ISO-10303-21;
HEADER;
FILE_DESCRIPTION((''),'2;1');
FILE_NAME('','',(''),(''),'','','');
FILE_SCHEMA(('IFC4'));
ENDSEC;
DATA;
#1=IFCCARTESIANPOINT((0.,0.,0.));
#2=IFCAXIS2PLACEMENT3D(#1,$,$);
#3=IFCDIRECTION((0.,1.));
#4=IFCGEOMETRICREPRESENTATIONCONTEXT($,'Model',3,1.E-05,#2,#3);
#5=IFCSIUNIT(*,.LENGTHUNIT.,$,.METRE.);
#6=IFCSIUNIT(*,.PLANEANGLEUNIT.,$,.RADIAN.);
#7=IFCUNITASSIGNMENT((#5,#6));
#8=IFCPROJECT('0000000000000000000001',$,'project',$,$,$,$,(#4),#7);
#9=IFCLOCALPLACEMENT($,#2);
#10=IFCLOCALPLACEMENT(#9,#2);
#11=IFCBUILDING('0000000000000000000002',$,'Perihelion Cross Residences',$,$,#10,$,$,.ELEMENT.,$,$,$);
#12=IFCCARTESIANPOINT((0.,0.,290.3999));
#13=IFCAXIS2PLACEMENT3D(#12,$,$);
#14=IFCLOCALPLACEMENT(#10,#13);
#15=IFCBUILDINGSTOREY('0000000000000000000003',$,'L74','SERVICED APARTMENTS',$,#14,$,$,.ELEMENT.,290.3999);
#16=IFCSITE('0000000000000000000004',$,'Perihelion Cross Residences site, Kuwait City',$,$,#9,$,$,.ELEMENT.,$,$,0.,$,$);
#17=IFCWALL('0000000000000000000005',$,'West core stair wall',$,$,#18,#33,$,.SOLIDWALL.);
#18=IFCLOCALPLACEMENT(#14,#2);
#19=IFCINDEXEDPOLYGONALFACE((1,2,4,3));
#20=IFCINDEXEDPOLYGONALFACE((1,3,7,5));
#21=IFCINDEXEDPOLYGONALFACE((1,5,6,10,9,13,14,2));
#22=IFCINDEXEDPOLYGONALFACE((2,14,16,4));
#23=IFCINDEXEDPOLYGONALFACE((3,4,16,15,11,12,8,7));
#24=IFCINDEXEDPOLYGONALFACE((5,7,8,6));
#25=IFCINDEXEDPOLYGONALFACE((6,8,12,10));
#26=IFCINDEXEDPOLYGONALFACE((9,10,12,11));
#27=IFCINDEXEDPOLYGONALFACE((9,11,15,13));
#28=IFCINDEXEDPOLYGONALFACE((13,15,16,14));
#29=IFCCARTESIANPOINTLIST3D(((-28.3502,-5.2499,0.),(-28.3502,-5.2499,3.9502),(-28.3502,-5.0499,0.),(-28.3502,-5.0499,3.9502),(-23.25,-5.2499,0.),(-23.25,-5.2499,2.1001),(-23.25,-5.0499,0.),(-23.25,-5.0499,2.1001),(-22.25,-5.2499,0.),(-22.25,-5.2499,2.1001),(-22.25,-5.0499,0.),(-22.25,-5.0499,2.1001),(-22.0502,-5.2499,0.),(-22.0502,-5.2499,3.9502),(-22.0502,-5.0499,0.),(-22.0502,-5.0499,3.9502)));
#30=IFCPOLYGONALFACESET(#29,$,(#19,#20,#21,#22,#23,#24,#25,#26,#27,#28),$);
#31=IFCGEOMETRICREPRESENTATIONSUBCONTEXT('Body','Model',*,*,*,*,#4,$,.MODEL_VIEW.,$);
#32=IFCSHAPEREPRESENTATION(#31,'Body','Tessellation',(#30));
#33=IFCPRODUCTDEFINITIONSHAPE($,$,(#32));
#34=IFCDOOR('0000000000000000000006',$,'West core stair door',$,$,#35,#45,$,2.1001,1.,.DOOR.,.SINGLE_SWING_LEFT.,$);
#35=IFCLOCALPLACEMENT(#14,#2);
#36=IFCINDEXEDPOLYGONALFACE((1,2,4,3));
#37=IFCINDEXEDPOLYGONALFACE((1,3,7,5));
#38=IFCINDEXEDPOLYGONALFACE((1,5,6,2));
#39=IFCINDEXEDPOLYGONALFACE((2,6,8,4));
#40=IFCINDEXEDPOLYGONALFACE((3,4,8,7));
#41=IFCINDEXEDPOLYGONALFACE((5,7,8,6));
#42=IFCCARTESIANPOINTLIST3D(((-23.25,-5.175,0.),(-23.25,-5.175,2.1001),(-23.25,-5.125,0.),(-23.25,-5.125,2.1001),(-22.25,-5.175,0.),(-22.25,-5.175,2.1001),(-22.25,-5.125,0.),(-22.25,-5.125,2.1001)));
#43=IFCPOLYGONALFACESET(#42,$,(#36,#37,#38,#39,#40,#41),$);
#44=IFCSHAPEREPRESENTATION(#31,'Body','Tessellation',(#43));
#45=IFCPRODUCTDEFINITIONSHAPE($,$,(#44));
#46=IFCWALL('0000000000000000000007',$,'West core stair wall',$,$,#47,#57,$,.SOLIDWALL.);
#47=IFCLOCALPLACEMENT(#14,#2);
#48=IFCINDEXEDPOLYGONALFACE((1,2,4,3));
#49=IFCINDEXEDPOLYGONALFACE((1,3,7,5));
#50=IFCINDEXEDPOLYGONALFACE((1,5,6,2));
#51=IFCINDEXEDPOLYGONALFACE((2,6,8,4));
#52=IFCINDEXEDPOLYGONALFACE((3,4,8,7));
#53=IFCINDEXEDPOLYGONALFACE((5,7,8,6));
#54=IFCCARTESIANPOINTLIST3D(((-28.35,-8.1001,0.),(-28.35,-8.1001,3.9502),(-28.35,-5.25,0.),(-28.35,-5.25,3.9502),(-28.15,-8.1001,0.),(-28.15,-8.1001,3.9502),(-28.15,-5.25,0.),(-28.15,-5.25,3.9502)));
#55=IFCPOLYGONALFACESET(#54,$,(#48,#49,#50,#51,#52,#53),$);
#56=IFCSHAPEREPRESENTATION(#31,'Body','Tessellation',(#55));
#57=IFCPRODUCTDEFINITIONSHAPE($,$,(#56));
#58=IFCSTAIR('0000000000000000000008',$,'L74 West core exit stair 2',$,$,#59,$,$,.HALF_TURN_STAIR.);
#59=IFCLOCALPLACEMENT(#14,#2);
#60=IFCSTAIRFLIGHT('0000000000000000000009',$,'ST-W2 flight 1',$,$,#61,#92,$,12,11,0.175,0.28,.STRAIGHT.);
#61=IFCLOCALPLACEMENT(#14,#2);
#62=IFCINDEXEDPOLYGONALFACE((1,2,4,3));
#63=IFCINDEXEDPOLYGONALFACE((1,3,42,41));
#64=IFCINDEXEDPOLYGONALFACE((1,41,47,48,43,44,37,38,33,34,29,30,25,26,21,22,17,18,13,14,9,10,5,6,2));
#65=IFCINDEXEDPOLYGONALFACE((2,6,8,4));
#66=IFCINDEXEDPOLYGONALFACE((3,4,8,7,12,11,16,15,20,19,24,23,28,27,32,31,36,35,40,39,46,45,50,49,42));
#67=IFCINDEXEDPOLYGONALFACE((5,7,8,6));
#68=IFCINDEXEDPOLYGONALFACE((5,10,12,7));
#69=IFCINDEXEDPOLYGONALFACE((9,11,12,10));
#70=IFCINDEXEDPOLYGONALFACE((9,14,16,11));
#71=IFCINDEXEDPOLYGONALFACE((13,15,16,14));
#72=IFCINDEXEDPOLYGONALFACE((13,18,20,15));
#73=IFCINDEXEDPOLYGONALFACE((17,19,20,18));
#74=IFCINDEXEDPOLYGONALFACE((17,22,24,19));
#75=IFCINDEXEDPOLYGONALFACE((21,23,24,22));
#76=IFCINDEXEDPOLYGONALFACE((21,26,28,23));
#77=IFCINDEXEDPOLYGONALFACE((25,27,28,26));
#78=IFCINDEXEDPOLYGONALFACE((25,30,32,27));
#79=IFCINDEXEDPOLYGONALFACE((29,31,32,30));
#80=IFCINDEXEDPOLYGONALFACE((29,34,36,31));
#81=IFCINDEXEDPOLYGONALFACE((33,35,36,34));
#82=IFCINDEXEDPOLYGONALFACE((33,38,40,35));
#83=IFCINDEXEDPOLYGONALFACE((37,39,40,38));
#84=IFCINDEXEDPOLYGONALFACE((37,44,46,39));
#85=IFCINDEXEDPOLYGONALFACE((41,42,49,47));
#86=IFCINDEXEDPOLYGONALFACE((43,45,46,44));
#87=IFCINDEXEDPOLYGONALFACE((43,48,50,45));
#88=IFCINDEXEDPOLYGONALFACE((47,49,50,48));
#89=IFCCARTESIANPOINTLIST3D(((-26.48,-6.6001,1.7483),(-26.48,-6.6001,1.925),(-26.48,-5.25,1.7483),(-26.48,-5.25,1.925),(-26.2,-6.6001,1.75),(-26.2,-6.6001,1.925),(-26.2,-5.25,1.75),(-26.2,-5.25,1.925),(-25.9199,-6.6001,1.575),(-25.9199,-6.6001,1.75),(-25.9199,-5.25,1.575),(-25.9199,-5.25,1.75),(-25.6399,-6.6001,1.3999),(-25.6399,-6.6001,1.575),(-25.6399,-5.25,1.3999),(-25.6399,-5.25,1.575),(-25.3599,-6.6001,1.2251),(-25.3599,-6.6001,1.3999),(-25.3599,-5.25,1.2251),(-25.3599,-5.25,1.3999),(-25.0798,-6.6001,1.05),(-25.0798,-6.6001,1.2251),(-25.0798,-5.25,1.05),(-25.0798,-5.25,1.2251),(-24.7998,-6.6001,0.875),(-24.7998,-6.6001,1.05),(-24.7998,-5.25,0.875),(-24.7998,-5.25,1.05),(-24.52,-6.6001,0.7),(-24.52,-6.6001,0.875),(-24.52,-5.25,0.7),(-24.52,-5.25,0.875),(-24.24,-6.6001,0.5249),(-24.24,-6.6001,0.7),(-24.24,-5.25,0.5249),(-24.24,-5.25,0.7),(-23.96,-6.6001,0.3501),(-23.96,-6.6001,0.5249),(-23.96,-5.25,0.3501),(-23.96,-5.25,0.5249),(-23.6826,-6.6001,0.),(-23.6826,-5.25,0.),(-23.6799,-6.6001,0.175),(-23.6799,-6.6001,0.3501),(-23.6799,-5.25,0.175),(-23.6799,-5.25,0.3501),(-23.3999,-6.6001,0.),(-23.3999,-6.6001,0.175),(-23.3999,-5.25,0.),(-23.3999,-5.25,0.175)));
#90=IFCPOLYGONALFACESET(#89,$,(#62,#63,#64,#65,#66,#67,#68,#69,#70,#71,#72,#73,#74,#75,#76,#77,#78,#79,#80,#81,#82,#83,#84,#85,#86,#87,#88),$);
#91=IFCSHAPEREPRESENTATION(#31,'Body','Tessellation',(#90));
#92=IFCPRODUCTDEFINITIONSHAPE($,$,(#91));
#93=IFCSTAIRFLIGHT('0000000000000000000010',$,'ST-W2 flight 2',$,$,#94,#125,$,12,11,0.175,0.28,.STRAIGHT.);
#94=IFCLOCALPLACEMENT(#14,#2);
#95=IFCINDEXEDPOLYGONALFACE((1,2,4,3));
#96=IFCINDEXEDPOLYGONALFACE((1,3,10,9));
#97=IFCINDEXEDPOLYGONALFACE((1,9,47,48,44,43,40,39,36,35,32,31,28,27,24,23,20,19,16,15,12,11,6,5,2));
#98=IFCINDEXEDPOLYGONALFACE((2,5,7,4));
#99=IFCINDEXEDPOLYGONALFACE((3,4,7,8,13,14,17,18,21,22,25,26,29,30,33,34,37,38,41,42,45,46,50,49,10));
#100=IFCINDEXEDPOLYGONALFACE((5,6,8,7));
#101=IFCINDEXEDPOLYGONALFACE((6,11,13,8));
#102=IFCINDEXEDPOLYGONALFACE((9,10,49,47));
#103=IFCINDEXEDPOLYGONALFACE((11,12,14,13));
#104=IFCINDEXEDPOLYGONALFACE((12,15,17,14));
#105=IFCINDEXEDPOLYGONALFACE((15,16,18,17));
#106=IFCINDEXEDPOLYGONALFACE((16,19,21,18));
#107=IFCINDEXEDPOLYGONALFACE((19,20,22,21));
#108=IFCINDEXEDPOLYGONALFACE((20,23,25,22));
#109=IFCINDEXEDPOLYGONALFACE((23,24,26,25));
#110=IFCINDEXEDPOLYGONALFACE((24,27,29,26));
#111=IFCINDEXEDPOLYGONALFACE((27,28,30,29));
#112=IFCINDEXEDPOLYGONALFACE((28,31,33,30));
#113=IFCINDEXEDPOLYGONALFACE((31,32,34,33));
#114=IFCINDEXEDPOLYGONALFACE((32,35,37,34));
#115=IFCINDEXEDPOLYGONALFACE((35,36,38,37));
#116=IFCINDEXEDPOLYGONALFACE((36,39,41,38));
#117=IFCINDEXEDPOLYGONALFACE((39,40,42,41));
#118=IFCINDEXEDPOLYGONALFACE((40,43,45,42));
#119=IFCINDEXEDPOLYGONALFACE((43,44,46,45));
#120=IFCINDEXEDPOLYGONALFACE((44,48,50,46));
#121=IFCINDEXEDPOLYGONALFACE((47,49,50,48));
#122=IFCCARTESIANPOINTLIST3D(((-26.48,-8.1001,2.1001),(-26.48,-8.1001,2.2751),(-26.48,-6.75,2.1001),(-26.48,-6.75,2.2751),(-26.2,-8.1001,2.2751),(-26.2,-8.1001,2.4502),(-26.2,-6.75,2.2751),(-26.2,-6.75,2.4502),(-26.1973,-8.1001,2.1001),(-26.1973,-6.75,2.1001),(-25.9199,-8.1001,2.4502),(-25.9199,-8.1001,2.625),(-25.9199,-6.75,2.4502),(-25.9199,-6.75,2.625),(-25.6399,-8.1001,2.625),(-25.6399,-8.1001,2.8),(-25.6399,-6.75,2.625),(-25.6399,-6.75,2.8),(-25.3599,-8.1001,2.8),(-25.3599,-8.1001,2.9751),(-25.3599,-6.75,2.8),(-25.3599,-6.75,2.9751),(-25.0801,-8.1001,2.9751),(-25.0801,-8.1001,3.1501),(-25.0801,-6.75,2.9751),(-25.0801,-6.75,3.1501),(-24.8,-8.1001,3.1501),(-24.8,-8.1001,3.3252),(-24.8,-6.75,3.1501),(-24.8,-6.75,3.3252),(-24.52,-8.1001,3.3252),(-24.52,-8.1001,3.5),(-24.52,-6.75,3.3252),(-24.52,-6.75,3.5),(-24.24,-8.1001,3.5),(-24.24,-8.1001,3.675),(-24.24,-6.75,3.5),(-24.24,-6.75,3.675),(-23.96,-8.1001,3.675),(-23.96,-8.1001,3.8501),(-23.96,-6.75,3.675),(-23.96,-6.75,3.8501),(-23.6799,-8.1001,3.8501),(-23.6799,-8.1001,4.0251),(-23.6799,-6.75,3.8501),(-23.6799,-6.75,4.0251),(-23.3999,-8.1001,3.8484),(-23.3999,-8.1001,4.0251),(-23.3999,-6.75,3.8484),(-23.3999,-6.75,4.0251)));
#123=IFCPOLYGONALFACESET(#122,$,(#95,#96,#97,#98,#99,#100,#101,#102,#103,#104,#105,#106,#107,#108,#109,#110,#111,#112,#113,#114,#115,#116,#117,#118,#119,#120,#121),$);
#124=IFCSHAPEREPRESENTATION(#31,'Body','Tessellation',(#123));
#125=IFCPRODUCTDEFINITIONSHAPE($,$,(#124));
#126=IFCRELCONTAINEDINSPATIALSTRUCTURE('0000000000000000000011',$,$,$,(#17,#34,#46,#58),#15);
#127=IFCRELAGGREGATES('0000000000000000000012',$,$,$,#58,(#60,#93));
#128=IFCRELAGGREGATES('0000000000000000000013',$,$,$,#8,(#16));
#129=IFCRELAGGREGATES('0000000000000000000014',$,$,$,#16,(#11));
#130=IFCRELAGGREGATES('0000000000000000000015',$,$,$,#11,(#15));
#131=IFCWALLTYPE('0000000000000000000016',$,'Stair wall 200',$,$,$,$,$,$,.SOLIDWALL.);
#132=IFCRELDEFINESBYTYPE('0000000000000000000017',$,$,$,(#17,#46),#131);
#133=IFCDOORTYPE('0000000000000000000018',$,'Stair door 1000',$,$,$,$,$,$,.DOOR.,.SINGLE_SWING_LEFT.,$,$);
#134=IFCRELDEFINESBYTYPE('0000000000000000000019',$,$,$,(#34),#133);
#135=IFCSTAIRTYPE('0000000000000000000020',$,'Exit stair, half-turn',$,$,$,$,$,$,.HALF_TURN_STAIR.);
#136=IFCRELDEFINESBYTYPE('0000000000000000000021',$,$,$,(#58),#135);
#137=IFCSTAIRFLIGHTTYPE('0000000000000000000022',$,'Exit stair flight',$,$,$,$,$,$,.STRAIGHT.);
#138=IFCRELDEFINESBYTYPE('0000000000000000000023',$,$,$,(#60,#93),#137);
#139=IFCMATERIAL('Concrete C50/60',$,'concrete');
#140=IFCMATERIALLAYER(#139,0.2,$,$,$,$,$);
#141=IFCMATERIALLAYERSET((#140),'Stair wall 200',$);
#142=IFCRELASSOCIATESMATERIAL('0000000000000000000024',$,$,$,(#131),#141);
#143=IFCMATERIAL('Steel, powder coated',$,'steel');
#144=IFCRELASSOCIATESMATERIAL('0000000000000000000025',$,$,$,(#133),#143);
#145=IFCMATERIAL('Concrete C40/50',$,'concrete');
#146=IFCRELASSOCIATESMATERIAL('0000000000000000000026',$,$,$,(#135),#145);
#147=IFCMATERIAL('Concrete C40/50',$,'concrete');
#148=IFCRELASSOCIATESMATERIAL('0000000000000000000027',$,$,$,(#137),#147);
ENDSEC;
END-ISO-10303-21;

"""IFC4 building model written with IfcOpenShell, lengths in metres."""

from ifc_helpers import new_model, si_unit, direction, frame, frame_2d, origin, place, context, subcontext, project, spatial, polyline, rectangle, outline, extrude, material, layer, layer_set, type_object, element, fill, aggregate, save


model = new_model("IFC4")

# Units and contexts
model_context = context("Model", 3, precision=1e-05, world=origin(), true_north=direction((0.0, 1.0)))
body_context = subcontext(model_context, "Body", "Model", "MODEL_VIEW")
ifc_project = project(units=[si_unit("LENGTHUNIT", "METRE"), si_unit("PLANEANGLEUNIT", "RADIAN")], contexts=[model_context])

# Site, building, storey
site_placement = place(None, origin())
site = spatial("IfcSite", under=ifc_project, at=site_placement, Name="Perihelion Cross Residences site, Kuwait City", CompositionType="ELEMENT", RefElevation=0.0)
building_placement = place(site_placement, origin())
building = spatial("IfcBuilding", under=site, at=building_placement, Name="Perihelion Cross Residences", CompositionType="ELEMENT")
storey_placement = place(building_placement, frame((0.0, 0.0, 290.3999)))
storey = spatial("IfcBuildingStorey", under=building, at=storey_placement, Name="L74", Description="SERVICED APARTMENTS", CompositionType="ELEMENT", Elevation=290.3999)

# Wall, opening, door
ifc_material_1 = material(Name="Concrete C50/60", Category="concrete")
ifc_layer_1 = layer(ifc_material_1, 0.2)
ifc_layer_set_1 = layer_set([ifc_layer_1], Name="Stair wall 200")
wall_type_1 = type_object("IfcWallType", Name="Stair wall 200", PredefinedType="SOLIDWALL", material=ifc_layer_set_1)
wall_1_placement = place(storey_placement, frame((-28.3501, -5.1499, 0.0), z_axis=(0.0, 0.0, 1.0), x_axis=(1.0, 0.0, 0.0)))
wall_1 = element("IfcWall", 1, at=wall_1_placement, inside=storey, type_object=wall_type_1, Name="West core stair wall", PredefinedType="SOLIDWALL", context=body_context, shape_type="SweptSolid", body=[
    extrude(rectangle(XDim=6.3, YDim=0.2, at=frame_2d((3.1499, 0.0))), origin(), (0.0, 0.0, 1.0), 3.9502),
])
opening_1_placement = place(wall_1_placement, frame((5.1001, 0.0, 0.0)))
opening_1 = element("IfcOpeningElement", 2, at=opening_1_placement, cuts=wall_1, PredefinedType="OPENING", context=body_context, shape_type="SweptSolid", body=[
    extrude(rectangle(XDim=1.0, YDim=2.1001, at=frame_2d((0.5, 1.05))), frame((0.0, 0.1099, 0.0), z_axis=(0.0, -1.0, 0.0), x_axis=(1.0, 0.0, 0.0)), (0.0, 0.0, 1.0), 0.22),
])
ifc_material_2 = material(Name="Steel, powder coated", Category="steel")
door_type_1 = type_object("IfcDoorType", Name="Stair door 1000", OperationType="SINGLE_SWING_LEFT", PredefinedType="DOOR", material=ifc_material_2)
door_1_placement = place(opening_1_placement, origin())
door_1 = element("IfcDoor", 3, at=door_1_placement, inside=storey, type_object=door_type_1, Name="West core stair door", OperationType="SINGLE_SWING_LEFT", OverallHeight=2.1001, OverallWidth=1.0, PredefinedType="DOOR", context=body_context, shape_type="SweptSolid", body=[
    extrude(rectangle(XDim=1.0, YDim=2.1001, at=frame_2d((0.5, 1.05))), frame((0.0, 0.0249, 0.0), z_axis=(0.0, -1.0, 0.0), x_axis=(1.0, 0.0, 0.0)), (0.0, 0.0, 1.0), 0.05),
])
fill(opening_1, door_1)

# Wall
wall_2_placement = place(storey_placement, frame((-28.25, -8.1001, 0.0), z_axis=(0.0, 0.0, 1.0), x_axis=(0.0, 1.0, 0.0)))
element("IfcWall", 4, at=wall_2_placement, inside=storey, type_object=wall_type_1, Name="West core stair wall", PredefinedType="SOLIDWALL", context=body_context, shape_type="SweptSolid", body=[
    extrude(rectangle(XDim=2.8501, YDim=0.2, at=frame_2d((1.425, 0.0))), origin(), (0.0, 0.0, 1.0), 3.9502),
])

# Stair, stair flights
ifc_material_3 = material(Name="Concrete C40/50", Category="concrete")
stair_type = type_object("IfcStairType", Name="Exit stair, half-turn", PredefinedType="HALF_TURN_STAIR", material=ifc_material_3)
stair_placement = place(storey_placement, origin())
stair = element("IfcStair", 5, at=stair_placement, inside=storey, type_object=stair_type, Name="L74 West core exit stair 2", PredefinedType="HALF_TURN_STAIR")
ifc_material_4 = material(Name="Concrete C40/50", Category="concrete")
stair_flight_type = type_object("IfcStairFlightType", Name="Exit stair flight", PredefinedType="STRAIGHT", material=ifc_material_4)
stair_flight_1_placement = place(storey_placement, frame((-23.3999, -5.925, 0.0), z_axis=(0.0, 0.0, 1.0), x_axis=(-1.0, 0.0, 0.0)))
stair_flight_1 = element("IfcStairFlight", 6, at=stair_flight_1_placement, type_object=stair_flight_type, Name="ST-W2 flight 1", NumberOfRisers=12, NumberOfTreads=11, PredefinedType="STRAIGHT", RiserHeight=0.175, TreadLength=0.28, context=body_context, shape_type="SweptSolid", body=[
    extrude(outline(polyline([(0.0, 0.0), (0.0, 0.175), (0.28, 0.175), (0.28, 0.3501), (0.5601, 0.3501), (0.5601, 0.5249), (0.8401, 0.5249), (0.8401, 0.7), (1.1201, 0.7), (1.1201, 0.875), (1.3999, 0.875), (1.3999, 1.05), (1.6799, 1.05), (1.6799, 1.2251), (1.96, 1.2251), (1.96, 1.3999), (2.24, 1.3999), (2.24, 1.575), (2.52, 1.575), (2.52, 1.75), (2.8, 1.75), (2.8, 1.925), (3.0801, 1.925), (3.0801, 2.1001), (3.0801, 1.7483), (0.2827, 0.0), (0.0, 0.0)])), frame((0.0, 0.675, 0.0), z_axis=(0.0, -1.0, 0.0), x_axis=(1.0, 0.0, 0.0)), (0.0, 0.0, 1.0), 1.3501),
])
stair_flight_2_placement = place(storey_placement, frame((-26.48, -7.425, 2.1001), z_axis=(0.0, 0.0, 1.0), x_axis=(1.0, 0.0, 0.0)))
stair_flight_2 = element("IfcStairFlight", 7, at=stair_flight_2_placement, type_object=stair_flight_type, Name="ST-W2 flight 2", NumberOfRisers=12, NumberOfTreads=11, PredefinedType="STRAIGHT", RiserHeight=0.175, TreadLength=0.28, context=body_context, shape_type="SweptSolid", body=[
    extrude(outline(polyline([(0.0, 0.0), (0.0, 0.175), (0.28, 0.175), (0.28, 0.3501), (0.5601, 0.3501), (0.5601, 0.5249), (0.8401, 0.5249), (0.8401, 0.7), (1.1201, 0.7), (1.1201, 0.875), (1.3999, 0.875), (1.3999, 1.05), (1.6799, 1.05), (1.6799, 1.2251), (1.96, 1.2251), (1.96, 1.3999), (2.24, 1.3999), (2.24, 1.575), (2.52, 1.575), (2.52, 1.75), (2.8, 1.75), (2.8, 1.925), (3.0801, 1.925), (3.0801, 2.1001), (3.0801, 1.7483), (0.2827, 0.0), (0.0, 0.0)])), frame((0.0, 0.675, 0.0), z_axis=(0.0, -1.0, 0.0), x_axis=(1.0, 0.0, 0.0)), (0.0, 0.0, 1.0), 1.3501),
])
aggregate(stair, [stair_flight_1, stair_flight_2])

save(model, "model.ifc")
